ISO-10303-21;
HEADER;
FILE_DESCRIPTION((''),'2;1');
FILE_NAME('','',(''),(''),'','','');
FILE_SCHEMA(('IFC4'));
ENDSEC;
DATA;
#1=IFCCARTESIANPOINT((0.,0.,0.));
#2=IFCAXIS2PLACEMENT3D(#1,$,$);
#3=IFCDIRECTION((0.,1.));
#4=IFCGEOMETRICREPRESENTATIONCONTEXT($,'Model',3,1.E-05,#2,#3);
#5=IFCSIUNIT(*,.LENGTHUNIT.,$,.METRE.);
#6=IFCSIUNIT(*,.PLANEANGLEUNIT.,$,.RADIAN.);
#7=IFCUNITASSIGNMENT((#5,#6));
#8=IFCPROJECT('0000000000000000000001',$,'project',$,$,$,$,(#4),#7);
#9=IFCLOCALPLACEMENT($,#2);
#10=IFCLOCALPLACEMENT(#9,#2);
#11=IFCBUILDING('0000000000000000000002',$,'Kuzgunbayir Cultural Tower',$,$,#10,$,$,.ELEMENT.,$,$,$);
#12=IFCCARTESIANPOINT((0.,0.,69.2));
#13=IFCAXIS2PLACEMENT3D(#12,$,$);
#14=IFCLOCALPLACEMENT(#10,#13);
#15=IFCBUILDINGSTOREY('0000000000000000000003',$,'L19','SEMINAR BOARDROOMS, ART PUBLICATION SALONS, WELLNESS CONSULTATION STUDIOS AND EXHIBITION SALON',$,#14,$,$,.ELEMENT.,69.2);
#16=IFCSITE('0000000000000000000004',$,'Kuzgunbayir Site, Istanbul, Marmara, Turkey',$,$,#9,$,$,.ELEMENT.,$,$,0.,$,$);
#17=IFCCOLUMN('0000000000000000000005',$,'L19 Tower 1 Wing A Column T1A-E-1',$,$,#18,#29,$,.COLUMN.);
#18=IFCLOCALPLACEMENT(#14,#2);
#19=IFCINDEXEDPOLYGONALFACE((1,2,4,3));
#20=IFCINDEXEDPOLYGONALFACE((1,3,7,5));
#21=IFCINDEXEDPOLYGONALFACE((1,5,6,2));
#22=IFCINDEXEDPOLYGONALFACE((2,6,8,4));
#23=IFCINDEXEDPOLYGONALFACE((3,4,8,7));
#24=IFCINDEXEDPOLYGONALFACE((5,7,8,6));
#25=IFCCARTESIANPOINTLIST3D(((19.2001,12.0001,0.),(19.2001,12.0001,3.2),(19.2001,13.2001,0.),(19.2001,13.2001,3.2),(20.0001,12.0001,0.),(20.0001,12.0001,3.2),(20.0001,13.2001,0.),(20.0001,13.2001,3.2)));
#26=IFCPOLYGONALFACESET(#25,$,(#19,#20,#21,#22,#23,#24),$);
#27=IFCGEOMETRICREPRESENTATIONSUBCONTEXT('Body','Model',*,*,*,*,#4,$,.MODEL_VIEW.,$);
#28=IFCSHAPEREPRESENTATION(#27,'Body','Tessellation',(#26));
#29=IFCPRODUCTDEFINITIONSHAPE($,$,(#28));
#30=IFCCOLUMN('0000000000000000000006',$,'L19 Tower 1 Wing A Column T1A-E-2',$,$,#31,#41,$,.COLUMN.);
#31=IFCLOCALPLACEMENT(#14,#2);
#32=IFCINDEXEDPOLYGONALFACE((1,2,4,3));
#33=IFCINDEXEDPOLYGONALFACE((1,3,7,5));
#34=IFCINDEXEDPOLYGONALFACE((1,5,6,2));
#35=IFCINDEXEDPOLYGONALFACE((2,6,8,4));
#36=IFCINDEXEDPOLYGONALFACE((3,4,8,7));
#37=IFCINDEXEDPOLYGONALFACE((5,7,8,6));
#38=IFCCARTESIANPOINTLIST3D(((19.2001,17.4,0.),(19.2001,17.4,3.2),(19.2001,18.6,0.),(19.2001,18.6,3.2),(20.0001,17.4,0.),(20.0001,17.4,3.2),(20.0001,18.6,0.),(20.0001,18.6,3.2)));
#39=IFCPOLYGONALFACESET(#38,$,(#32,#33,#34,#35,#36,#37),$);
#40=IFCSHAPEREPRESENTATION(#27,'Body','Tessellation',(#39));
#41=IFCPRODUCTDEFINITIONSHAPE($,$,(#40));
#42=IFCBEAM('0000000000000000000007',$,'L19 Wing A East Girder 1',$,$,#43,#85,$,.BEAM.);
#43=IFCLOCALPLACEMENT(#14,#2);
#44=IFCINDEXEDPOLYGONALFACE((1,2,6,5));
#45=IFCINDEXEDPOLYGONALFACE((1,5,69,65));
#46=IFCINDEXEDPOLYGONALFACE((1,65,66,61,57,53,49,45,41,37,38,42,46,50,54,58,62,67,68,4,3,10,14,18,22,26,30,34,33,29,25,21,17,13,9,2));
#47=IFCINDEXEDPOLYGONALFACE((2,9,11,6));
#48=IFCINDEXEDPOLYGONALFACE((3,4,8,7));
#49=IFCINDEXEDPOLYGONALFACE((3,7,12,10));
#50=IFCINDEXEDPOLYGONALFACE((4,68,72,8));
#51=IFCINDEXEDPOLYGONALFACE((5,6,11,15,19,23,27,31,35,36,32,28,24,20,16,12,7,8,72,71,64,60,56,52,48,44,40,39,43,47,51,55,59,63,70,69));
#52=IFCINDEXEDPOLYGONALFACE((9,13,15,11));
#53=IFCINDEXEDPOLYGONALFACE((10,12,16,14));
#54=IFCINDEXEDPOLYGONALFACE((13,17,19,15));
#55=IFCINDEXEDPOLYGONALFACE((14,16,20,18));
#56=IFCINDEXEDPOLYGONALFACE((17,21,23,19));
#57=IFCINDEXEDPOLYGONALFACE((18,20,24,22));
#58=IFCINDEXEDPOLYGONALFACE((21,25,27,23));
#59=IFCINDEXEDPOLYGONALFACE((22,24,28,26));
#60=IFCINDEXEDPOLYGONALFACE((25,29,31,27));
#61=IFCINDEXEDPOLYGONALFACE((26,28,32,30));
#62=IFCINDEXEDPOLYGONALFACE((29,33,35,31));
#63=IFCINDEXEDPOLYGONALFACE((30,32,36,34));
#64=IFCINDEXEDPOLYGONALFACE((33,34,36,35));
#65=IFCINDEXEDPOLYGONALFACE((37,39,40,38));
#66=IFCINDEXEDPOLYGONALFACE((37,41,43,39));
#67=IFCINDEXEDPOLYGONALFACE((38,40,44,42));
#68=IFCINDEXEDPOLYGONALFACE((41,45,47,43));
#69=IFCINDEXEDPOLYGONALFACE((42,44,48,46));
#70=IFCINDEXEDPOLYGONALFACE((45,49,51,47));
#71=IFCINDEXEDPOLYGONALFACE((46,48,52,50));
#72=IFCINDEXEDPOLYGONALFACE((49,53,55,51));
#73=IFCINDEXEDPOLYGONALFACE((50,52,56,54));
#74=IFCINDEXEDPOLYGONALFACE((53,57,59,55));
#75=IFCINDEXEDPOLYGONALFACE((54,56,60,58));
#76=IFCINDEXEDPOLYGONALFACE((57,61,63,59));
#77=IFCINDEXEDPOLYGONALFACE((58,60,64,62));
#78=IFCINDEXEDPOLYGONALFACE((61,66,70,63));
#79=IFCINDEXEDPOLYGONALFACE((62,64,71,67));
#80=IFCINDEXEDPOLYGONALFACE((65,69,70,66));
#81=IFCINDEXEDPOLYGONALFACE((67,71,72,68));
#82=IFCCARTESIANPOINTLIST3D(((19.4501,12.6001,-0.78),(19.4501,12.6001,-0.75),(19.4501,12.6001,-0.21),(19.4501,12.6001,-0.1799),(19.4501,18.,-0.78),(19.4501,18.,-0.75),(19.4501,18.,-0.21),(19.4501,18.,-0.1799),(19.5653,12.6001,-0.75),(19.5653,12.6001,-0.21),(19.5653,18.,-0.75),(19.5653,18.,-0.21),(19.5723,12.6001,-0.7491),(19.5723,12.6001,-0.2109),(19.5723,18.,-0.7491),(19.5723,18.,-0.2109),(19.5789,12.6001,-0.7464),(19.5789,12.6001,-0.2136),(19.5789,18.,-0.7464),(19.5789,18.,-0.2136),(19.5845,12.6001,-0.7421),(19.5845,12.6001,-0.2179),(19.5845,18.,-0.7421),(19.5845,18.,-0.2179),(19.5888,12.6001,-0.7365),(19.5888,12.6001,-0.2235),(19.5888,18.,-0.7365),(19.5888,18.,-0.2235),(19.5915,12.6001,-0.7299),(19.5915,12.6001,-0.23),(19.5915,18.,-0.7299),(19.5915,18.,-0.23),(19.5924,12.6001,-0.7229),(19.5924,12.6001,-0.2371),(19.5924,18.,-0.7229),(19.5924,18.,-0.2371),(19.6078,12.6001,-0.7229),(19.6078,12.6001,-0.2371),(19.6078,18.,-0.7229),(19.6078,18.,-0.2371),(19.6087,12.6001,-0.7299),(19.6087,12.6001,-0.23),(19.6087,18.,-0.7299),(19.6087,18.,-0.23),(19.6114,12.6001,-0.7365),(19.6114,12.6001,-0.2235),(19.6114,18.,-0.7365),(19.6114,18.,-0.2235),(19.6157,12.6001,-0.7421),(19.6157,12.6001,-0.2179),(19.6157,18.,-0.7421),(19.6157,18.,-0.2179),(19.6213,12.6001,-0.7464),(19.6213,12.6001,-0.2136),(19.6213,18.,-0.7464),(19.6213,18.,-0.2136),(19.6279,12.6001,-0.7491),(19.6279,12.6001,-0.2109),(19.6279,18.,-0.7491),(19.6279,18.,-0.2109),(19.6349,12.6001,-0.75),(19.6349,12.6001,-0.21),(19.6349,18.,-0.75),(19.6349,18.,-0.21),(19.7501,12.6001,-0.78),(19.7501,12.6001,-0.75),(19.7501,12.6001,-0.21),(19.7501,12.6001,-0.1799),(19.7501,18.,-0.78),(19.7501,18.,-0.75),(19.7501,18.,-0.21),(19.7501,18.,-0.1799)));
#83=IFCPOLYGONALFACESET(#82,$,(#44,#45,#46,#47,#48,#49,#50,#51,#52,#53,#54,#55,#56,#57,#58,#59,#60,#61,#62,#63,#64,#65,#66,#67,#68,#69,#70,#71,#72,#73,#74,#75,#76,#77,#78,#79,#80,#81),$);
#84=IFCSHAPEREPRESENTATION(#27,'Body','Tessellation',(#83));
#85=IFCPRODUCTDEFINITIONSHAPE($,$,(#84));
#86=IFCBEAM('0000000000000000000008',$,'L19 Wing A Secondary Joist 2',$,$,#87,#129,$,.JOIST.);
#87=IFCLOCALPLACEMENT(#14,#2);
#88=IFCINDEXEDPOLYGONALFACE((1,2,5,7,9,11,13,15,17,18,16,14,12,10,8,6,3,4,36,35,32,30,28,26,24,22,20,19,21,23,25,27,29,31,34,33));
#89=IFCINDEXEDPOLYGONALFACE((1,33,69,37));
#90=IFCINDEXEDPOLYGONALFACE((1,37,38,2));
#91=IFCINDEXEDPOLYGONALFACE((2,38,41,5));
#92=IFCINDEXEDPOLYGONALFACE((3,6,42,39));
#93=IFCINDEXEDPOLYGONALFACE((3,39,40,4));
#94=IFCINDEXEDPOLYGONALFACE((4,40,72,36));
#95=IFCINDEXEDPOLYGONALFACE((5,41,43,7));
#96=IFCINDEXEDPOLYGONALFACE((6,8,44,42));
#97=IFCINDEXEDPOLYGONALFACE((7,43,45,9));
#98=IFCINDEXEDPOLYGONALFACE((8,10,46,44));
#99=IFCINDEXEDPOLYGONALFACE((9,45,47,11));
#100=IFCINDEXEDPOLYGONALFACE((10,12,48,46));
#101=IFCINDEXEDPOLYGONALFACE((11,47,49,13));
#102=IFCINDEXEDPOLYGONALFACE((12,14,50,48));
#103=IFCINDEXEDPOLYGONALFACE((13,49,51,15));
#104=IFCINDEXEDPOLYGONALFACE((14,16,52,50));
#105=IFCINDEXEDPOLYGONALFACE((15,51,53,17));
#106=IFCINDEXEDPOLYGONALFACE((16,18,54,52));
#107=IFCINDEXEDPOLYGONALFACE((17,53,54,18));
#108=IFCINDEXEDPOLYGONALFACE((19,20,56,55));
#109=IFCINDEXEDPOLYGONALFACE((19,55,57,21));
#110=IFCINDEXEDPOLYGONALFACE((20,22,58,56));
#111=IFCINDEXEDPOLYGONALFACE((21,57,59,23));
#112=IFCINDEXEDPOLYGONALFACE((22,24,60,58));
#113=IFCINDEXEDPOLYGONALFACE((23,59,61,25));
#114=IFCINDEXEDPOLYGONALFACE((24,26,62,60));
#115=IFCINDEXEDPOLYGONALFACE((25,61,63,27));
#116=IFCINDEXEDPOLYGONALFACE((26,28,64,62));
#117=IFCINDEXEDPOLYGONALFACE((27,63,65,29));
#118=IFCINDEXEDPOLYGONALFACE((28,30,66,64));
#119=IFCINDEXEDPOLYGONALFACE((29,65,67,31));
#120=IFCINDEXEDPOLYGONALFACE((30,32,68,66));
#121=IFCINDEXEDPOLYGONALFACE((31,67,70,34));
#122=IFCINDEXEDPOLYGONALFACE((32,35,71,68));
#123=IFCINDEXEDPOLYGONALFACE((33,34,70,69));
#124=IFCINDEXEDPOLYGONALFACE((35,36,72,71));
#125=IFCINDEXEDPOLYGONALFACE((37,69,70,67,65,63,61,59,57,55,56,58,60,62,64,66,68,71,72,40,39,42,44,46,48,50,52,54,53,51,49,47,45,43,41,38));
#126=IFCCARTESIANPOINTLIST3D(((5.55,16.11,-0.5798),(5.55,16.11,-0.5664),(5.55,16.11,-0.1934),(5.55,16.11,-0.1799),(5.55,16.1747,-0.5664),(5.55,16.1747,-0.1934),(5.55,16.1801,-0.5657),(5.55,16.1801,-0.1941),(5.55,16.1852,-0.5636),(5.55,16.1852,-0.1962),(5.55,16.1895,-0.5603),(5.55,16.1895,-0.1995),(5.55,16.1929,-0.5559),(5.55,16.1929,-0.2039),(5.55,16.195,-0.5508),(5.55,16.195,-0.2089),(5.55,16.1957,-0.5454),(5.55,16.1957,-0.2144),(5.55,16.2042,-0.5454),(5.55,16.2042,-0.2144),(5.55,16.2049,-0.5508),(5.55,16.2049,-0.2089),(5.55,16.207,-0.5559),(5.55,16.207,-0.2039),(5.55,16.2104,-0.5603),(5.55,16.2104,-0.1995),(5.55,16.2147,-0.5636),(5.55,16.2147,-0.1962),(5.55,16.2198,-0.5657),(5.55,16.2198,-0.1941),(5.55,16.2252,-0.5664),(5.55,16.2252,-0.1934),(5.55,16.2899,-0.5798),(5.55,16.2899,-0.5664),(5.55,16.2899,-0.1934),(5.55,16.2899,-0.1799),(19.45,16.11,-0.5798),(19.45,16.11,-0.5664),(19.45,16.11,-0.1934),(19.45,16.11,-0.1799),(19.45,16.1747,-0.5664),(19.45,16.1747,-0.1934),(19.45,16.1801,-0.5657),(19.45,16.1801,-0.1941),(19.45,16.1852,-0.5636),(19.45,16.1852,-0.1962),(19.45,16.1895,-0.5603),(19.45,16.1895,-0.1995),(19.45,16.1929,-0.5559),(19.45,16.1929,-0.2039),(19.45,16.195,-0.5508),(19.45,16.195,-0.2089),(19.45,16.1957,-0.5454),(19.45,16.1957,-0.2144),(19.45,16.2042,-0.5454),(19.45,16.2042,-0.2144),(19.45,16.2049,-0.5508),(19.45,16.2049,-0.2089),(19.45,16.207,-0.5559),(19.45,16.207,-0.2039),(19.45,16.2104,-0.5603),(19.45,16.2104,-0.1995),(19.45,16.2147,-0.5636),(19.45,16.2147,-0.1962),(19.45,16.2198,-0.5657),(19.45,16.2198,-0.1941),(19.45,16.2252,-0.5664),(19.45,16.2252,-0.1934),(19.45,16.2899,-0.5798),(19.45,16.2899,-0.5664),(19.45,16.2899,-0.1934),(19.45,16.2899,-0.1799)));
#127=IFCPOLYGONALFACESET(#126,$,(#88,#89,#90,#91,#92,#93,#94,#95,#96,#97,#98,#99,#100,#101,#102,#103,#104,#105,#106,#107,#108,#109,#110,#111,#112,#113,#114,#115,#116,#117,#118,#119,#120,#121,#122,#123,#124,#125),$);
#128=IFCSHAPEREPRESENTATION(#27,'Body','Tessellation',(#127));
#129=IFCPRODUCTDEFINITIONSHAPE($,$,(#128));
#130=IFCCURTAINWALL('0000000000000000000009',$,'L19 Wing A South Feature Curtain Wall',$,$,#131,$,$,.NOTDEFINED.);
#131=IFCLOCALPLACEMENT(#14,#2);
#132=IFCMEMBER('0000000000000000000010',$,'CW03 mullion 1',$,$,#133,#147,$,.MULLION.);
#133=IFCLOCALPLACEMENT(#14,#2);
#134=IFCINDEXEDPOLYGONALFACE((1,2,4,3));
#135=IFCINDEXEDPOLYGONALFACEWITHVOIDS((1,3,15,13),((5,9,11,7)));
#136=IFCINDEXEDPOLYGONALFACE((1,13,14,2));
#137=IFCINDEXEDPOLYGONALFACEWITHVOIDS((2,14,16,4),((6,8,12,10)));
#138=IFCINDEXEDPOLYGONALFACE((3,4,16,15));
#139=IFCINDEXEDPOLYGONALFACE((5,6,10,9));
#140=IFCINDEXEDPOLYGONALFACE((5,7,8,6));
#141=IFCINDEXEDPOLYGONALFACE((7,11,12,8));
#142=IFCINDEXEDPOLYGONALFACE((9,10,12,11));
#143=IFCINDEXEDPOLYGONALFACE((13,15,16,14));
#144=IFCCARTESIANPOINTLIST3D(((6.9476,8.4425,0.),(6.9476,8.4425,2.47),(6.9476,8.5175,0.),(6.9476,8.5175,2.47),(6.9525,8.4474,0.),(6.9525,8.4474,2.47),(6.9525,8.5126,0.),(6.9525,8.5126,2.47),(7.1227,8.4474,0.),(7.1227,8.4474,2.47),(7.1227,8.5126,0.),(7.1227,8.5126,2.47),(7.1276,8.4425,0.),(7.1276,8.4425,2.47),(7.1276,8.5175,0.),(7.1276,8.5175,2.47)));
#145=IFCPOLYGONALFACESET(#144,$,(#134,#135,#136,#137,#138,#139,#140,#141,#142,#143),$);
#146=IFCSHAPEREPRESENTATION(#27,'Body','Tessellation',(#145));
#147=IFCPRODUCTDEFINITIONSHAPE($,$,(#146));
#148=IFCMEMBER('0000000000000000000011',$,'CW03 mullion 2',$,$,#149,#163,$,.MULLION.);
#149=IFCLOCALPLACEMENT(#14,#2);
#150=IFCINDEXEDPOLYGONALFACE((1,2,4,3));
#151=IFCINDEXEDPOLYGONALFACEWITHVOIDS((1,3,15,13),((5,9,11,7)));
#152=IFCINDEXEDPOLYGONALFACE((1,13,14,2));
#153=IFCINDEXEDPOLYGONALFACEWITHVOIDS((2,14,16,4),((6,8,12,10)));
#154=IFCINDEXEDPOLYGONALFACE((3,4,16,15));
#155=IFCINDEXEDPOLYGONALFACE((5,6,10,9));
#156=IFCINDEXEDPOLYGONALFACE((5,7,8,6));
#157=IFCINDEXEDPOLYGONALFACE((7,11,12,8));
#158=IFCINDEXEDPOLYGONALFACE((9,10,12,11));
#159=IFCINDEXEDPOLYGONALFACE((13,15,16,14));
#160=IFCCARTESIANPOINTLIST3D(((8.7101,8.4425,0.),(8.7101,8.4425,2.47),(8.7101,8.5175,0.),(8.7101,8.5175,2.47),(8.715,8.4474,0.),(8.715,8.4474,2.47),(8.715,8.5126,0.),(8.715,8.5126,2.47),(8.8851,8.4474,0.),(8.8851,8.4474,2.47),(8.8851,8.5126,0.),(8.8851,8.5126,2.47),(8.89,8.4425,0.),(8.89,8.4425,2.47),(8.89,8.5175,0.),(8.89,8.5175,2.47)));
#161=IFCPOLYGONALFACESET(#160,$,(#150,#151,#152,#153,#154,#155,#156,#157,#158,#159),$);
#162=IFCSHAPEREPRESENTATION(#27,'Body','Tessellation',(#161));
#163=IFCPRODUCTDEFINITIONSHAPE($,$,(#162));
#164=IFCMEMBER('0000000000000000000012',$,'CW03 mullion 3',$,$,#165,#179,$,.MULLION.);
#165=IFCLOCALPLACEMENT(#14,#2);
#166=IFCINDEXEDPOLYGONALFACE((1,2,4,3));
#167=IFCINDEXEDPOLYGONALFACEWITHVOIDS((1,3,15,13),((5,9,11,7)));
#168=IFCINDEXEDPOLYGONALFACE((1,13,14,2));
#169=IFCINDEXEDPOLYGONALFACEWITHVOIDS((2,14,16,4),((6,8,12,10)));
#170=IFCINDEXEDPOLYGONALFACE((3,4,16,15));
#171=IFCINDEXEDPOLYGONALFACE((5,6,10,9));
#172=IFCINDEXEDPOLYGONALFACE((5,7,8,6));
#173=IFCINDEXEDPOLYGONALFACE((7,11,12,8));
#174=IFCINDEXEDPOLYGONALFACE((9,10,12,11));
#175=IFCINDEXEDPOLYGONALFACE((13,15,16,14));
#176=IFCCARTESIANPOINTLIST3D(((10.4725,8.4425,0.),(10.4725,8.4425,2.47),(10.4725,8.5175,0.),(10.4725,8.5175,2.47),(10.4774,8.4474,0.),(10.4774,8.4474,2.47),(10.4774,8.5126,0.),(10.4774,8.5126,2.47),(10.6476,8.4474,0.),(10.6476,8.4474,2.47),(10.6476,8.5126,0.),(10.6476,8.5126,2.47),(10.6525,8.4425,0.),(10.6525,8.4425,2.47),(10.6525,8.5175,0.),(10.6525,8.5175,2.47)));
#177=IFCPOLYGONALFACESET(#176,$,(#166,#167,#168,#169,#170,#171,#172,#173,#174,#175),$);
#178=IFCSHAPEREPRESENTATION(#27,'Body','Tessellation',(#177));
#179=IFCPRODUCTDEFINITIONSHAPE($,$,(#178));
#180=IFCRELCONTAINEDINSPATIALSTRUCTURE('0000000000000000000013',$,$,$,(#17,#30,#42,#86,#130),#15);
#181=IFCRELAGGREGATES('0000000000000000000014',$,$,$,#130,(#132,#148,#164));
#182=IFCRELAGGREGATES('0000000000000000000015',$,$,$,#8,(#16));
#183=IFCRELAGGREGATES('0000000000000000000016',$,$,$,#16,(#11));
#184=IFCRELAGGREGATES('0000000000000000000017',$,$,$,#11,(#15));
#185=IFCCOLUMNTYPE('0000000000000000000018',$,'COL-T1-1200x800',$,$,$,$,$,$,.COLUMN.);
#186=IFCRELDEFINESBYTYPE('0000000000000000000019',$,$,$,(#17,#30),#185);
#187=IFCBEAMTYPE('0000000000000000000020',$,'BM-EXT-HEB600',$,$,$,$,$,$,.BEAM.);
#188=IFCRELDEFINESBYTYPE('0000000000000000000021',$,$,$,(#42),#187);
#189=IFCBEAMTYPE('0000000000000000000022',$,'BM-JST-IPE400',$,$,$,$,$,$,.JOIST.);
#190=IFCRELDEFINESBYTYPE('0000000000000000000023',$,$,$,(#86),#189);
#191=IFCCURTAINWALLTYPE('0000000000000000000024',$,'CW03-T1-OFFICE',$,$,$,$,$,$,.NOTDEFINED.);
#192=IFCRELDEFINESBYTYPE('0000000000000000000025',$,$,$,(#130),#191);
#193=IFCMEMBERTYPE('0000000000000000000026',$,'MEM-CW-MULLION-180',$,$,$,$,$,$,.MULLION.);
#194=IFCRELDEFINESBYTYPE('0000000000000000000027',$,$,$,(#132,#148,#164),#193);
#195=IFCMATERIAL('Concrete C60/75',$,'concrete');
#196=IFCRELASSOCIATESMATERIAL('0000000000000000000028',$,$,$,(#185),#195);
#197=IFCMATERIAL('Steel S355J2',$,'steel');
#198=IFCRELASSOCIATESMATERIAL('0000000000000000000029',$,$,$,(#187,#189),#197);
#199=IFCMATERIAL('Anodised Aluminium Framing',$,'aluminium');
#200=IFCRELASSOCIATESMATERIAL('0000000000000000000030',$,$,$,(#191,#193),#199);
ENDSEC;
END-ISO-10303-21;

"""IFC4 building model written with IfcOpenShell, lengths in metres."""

from ifc_helpers import new_model, si_unit, direction, frame, origin, origin_2d, place, context, subcontext, project, spatial, rectangle, hollow_rectangle, i_section, extrude, material, material_profile, profile_set, type_object, element, aggregate, save


model = new_model("IFC4")

# Units and contexts
model_context = context("Model", 3, precision=1e-05, world=origin(), true_north=direction((0.0, 1.0)))
body_context = subcontext(model_context, "Body", "Model", "MODEL_VIEW")
ifc_project = project(units=[si_unit("LENGTHUNIT", "METRE"), si_unit("PLANEANGLEUNIT", "RADIAN")], contexts=[model_context])

# Site, building, storey
site_placement = place(None, origin())
site = spatial("IfcSite", under=ifc_project, at=site_placement, Name="Kuzgunbayir Site, Istanbul, Marmara, Turkey", CompositionType="ELEMENT", RefElevation=0.0)
building_placement = place(site_placement, origin())
building = spatial("IfcBuilding", under=site, at=building_placement, Name="Kuzgunbayir Cultural Tower", CompositionType="ELEMENT")
storey_placement = place(building_placement, frame((0.0, 0.0, 69.2)))
storey = spatial("IfcBuildingStorey", under=building, at=storey_placement, Name="L19", Description="SEMINAR BOARDROOMS, ART PUBLICATION SALONS, WELLNESS CONSULTATION STUDIOS AND EXHIBITION SALON", CompositionType="ELEMENT", Elevation=69.2)

# Columns
ifc_material_1 = material(Name="Concrete C60/75", Category="concrete")
ifc_material_profile_1 = material_profile(ifc_material_1, rectangle(XDim=0.8, YDim=1.2, at=origin_2d()), Name="RC 1200x800")
ifc_profile_set_1 = profile_set([ifc_material_profile_1], Name="Concrete C60/75")
column_type = type_object("IfcColumnType", Name="COL-T1-1200x800", PredefinedType="COLUMN", material=ifc_profile_set_1)
for number, where, z_axis, x_axis, name in (
    (1, (19.6001, 12.6001, 0.0), (0.0, 0.0, 1.0), (1.0, 0.0, 0.0), "L19 Tower 1 Wing A Column T1A-E-1"),
    (2, (19.6001, 18.0, 0.0), (0.0, 0.0, 1.0), (1.0, 0.0, 0.0), "L19 Tower 1 Wing A Column T1A-E-2"),
):
    element("IfcColumn", number, at=place(storey_placement, frame(where, z_axis=z_axis, x_axis=x_axis)), inside=storey, type_object=column_type, Name=name, PredefinedType="COLUMN", context=body_context, shape_type="SweptSolid", body=[
        extrude(rectangle(XDim=0.8, YDim=1.2, at=origin_2d()), origin(), (0.0, 0.0, 1.0), 3.2),
    ])

# Beams
ifc_material_2 = material(Name="Steel S355J2", Category="steel")
ifc_material_profile_2 = material_profile(ifc_material_2, i_section(OverallWidth=0.3, OverallDepth=0.6001, WebThickness=0.0154, FlangeThickness=0.03, FilletRadius=0.0271, at=origin_2d()), Name="HEB 600")
ifc_profile_set_2 = profile_set([ifc_material_profile_2], Name="Steel S355J2")
beam_type_1 = type_object("IfcBeamType", Name="BM-EXT-HEB600", PredefinedType="BEAM", material=ifc_profile_set_2)
beam_1_placement = place(storey_placement, frame((19.6001, 12.6001, -0.48), z_axis=(0.0, 1.0, 0.0), x_axis=(-1.0, 0.0, 0.0)))
element("IfcBeam", 3, at=beam_1_placement, inside=storey, type_object=beam_type_1, Name="L19 Wing A East Girder 1", PredefinedType="BEAM", context=body_context, shape_type="SweptSolid", body=[
    extrude(i_section(OverallWidth=0.3, OverallDepth=0.6001, WebThickness=0.0154, FlangeThickness=0.03, FilletRadius=0.0271, at=origin_2d()), origin(), (0.0, 0.0, 1.0), 5.3999),
])
ifc_material_profile_3 = material_profile(ifc_material_2, i_section(OverallWidth=0.1799, OverallDepth=0.3999, WebThickness=0.0085, FlangeThickness=0.0134, FilletRadius=0.021, at=origin_2d()), Name="IPE 400")
ifc_profile_set_3 = profile_set([ifc_material_profile_3], Name="Steel S355J2")
beam_type_2 = type_object("IfcBeamType", Name="BM-JST-IPE400", PredefinedType="JOIST", material=ifc_profile_set_3)
beam_2_placement = place(storey_placement, frame((5.55, 16.2, -0.3799), z_axis=(1.0, 0.0, 0.0), x_axis=(0.0, 1.0, 0.0)))
element("IfcBeam", 4, at=beam_2_placement, inside=storey, type_object=beam_type_2, Name="L19 Wing A Secondary Joist 2", PredefinedType="JOIST", context=body_context, shape_type="SweptSolid", body=[
    extrude(i_section(OverallWidth=0.1799, OverallDepth=0.3999, WebThickness=0.0085, FlangeThickness=0.0134, FilletRadius=0.021, at=origin_2d()), origin(), (0.0, 0.0, 1.0), 13.8999),
])

# Curtain wall, members
ifc_material_3 = material(Name="Anodised Aluminium Framing", Category="aluminium")
curtain_wall_type = type_object("IfcCurtainWallType", Name="CW03-T1-OFFICE", PredefinedType="NOTDEFINED", material=ifc_material_3)
curtain_wall_placement = place(storey_placement, origin())
curtain_wall = element("IfcCurtainWall", 5, at=curtain_wall_placement, inside=storey, type_object=curtain_wall_type, Name="L19 Wing A South Feature Curtain Wall", PredefinedType="NOTDEFINED")
ifc_material_profile_4 = material_profile(ifc_material_3, hollow_rectangle(XDim=0.075, YDim=0.1799, WallThickness=0.0049, at=origin_2d()), Name="RHS 180x75x5")
ifc_profile_set_4 = profile_set([ifc_material_profile_4], Name="Anodised Aluminium Framing")
member_type_1 = type_object("IfcMemberType", Name="MEM-CW-MULLION-180", PredefinedType="MULLION", material=ifc_profile_set_4)
member_1_placement = place(storey_placement, frame((7.0376, 8.48, 0.0), z_axis=(0.0, 0.0, 1.0), x_axis=(0.0, 1.0, 0.0)))
member_1 = element("IfcMember", 6, at=member_1_placement, type_object=member_type_1, Name="CW03 mullion 1", PredefinedType="MULLION", context=body_context, shape_type="SweptSolid", body=[
    extrude(hollow_rectangle(XDim=0.075, YDim=0.1799, WallThickness=0.0049, at=origin_2d()), origin(), (0.0, 0.0, 1.0), 2.47),
])
member_2_placement = place(storey_placement, frame((8.8, 8.48, 0.0), z_axis=(0.0, 0.0, 1.0), x_axis=(0.0, 1.0, 0.0)))
member_2 = element("IfcMember", 7, at=member_2_placement, type_object=member_type_1, Name="CW03 mullion 2", PredefinedType="MULLION", context=body_context, shape_type="SweptSolid", body=[
    extrude(hollow_rectangle(XDim=0.075, YDim=0.1799, WallThickness=0.0049, at=origin_2d()), origin(), (0.0, 0.0, 1.0), 2.47),
])
member_3_placement = place(storey_placement, frame((10.5625, 8.48, 0.0), z_axis=(0.0, 0.0, 1.0), x_axis=(0.0, 1.0, 0.0)))
member_3 = element("IfcMember", 8, at=member_3_placement, type_object=member_type_1, Name="CW03 mullion 3", PredefinedType="MULLION", context=body_context, shape_type="SweptSolid", body=[
    extrude(hollow_rectangle(XDim=0.075, YDim=0.1799, WallThickness=0.0049, at=origin_2d()), origin(), (0.0, 0.0, 1.0), 2.47),
])
aggregate(curtain_wall, [member_1, member_2, member_3])

save(model, "model.ifc")
